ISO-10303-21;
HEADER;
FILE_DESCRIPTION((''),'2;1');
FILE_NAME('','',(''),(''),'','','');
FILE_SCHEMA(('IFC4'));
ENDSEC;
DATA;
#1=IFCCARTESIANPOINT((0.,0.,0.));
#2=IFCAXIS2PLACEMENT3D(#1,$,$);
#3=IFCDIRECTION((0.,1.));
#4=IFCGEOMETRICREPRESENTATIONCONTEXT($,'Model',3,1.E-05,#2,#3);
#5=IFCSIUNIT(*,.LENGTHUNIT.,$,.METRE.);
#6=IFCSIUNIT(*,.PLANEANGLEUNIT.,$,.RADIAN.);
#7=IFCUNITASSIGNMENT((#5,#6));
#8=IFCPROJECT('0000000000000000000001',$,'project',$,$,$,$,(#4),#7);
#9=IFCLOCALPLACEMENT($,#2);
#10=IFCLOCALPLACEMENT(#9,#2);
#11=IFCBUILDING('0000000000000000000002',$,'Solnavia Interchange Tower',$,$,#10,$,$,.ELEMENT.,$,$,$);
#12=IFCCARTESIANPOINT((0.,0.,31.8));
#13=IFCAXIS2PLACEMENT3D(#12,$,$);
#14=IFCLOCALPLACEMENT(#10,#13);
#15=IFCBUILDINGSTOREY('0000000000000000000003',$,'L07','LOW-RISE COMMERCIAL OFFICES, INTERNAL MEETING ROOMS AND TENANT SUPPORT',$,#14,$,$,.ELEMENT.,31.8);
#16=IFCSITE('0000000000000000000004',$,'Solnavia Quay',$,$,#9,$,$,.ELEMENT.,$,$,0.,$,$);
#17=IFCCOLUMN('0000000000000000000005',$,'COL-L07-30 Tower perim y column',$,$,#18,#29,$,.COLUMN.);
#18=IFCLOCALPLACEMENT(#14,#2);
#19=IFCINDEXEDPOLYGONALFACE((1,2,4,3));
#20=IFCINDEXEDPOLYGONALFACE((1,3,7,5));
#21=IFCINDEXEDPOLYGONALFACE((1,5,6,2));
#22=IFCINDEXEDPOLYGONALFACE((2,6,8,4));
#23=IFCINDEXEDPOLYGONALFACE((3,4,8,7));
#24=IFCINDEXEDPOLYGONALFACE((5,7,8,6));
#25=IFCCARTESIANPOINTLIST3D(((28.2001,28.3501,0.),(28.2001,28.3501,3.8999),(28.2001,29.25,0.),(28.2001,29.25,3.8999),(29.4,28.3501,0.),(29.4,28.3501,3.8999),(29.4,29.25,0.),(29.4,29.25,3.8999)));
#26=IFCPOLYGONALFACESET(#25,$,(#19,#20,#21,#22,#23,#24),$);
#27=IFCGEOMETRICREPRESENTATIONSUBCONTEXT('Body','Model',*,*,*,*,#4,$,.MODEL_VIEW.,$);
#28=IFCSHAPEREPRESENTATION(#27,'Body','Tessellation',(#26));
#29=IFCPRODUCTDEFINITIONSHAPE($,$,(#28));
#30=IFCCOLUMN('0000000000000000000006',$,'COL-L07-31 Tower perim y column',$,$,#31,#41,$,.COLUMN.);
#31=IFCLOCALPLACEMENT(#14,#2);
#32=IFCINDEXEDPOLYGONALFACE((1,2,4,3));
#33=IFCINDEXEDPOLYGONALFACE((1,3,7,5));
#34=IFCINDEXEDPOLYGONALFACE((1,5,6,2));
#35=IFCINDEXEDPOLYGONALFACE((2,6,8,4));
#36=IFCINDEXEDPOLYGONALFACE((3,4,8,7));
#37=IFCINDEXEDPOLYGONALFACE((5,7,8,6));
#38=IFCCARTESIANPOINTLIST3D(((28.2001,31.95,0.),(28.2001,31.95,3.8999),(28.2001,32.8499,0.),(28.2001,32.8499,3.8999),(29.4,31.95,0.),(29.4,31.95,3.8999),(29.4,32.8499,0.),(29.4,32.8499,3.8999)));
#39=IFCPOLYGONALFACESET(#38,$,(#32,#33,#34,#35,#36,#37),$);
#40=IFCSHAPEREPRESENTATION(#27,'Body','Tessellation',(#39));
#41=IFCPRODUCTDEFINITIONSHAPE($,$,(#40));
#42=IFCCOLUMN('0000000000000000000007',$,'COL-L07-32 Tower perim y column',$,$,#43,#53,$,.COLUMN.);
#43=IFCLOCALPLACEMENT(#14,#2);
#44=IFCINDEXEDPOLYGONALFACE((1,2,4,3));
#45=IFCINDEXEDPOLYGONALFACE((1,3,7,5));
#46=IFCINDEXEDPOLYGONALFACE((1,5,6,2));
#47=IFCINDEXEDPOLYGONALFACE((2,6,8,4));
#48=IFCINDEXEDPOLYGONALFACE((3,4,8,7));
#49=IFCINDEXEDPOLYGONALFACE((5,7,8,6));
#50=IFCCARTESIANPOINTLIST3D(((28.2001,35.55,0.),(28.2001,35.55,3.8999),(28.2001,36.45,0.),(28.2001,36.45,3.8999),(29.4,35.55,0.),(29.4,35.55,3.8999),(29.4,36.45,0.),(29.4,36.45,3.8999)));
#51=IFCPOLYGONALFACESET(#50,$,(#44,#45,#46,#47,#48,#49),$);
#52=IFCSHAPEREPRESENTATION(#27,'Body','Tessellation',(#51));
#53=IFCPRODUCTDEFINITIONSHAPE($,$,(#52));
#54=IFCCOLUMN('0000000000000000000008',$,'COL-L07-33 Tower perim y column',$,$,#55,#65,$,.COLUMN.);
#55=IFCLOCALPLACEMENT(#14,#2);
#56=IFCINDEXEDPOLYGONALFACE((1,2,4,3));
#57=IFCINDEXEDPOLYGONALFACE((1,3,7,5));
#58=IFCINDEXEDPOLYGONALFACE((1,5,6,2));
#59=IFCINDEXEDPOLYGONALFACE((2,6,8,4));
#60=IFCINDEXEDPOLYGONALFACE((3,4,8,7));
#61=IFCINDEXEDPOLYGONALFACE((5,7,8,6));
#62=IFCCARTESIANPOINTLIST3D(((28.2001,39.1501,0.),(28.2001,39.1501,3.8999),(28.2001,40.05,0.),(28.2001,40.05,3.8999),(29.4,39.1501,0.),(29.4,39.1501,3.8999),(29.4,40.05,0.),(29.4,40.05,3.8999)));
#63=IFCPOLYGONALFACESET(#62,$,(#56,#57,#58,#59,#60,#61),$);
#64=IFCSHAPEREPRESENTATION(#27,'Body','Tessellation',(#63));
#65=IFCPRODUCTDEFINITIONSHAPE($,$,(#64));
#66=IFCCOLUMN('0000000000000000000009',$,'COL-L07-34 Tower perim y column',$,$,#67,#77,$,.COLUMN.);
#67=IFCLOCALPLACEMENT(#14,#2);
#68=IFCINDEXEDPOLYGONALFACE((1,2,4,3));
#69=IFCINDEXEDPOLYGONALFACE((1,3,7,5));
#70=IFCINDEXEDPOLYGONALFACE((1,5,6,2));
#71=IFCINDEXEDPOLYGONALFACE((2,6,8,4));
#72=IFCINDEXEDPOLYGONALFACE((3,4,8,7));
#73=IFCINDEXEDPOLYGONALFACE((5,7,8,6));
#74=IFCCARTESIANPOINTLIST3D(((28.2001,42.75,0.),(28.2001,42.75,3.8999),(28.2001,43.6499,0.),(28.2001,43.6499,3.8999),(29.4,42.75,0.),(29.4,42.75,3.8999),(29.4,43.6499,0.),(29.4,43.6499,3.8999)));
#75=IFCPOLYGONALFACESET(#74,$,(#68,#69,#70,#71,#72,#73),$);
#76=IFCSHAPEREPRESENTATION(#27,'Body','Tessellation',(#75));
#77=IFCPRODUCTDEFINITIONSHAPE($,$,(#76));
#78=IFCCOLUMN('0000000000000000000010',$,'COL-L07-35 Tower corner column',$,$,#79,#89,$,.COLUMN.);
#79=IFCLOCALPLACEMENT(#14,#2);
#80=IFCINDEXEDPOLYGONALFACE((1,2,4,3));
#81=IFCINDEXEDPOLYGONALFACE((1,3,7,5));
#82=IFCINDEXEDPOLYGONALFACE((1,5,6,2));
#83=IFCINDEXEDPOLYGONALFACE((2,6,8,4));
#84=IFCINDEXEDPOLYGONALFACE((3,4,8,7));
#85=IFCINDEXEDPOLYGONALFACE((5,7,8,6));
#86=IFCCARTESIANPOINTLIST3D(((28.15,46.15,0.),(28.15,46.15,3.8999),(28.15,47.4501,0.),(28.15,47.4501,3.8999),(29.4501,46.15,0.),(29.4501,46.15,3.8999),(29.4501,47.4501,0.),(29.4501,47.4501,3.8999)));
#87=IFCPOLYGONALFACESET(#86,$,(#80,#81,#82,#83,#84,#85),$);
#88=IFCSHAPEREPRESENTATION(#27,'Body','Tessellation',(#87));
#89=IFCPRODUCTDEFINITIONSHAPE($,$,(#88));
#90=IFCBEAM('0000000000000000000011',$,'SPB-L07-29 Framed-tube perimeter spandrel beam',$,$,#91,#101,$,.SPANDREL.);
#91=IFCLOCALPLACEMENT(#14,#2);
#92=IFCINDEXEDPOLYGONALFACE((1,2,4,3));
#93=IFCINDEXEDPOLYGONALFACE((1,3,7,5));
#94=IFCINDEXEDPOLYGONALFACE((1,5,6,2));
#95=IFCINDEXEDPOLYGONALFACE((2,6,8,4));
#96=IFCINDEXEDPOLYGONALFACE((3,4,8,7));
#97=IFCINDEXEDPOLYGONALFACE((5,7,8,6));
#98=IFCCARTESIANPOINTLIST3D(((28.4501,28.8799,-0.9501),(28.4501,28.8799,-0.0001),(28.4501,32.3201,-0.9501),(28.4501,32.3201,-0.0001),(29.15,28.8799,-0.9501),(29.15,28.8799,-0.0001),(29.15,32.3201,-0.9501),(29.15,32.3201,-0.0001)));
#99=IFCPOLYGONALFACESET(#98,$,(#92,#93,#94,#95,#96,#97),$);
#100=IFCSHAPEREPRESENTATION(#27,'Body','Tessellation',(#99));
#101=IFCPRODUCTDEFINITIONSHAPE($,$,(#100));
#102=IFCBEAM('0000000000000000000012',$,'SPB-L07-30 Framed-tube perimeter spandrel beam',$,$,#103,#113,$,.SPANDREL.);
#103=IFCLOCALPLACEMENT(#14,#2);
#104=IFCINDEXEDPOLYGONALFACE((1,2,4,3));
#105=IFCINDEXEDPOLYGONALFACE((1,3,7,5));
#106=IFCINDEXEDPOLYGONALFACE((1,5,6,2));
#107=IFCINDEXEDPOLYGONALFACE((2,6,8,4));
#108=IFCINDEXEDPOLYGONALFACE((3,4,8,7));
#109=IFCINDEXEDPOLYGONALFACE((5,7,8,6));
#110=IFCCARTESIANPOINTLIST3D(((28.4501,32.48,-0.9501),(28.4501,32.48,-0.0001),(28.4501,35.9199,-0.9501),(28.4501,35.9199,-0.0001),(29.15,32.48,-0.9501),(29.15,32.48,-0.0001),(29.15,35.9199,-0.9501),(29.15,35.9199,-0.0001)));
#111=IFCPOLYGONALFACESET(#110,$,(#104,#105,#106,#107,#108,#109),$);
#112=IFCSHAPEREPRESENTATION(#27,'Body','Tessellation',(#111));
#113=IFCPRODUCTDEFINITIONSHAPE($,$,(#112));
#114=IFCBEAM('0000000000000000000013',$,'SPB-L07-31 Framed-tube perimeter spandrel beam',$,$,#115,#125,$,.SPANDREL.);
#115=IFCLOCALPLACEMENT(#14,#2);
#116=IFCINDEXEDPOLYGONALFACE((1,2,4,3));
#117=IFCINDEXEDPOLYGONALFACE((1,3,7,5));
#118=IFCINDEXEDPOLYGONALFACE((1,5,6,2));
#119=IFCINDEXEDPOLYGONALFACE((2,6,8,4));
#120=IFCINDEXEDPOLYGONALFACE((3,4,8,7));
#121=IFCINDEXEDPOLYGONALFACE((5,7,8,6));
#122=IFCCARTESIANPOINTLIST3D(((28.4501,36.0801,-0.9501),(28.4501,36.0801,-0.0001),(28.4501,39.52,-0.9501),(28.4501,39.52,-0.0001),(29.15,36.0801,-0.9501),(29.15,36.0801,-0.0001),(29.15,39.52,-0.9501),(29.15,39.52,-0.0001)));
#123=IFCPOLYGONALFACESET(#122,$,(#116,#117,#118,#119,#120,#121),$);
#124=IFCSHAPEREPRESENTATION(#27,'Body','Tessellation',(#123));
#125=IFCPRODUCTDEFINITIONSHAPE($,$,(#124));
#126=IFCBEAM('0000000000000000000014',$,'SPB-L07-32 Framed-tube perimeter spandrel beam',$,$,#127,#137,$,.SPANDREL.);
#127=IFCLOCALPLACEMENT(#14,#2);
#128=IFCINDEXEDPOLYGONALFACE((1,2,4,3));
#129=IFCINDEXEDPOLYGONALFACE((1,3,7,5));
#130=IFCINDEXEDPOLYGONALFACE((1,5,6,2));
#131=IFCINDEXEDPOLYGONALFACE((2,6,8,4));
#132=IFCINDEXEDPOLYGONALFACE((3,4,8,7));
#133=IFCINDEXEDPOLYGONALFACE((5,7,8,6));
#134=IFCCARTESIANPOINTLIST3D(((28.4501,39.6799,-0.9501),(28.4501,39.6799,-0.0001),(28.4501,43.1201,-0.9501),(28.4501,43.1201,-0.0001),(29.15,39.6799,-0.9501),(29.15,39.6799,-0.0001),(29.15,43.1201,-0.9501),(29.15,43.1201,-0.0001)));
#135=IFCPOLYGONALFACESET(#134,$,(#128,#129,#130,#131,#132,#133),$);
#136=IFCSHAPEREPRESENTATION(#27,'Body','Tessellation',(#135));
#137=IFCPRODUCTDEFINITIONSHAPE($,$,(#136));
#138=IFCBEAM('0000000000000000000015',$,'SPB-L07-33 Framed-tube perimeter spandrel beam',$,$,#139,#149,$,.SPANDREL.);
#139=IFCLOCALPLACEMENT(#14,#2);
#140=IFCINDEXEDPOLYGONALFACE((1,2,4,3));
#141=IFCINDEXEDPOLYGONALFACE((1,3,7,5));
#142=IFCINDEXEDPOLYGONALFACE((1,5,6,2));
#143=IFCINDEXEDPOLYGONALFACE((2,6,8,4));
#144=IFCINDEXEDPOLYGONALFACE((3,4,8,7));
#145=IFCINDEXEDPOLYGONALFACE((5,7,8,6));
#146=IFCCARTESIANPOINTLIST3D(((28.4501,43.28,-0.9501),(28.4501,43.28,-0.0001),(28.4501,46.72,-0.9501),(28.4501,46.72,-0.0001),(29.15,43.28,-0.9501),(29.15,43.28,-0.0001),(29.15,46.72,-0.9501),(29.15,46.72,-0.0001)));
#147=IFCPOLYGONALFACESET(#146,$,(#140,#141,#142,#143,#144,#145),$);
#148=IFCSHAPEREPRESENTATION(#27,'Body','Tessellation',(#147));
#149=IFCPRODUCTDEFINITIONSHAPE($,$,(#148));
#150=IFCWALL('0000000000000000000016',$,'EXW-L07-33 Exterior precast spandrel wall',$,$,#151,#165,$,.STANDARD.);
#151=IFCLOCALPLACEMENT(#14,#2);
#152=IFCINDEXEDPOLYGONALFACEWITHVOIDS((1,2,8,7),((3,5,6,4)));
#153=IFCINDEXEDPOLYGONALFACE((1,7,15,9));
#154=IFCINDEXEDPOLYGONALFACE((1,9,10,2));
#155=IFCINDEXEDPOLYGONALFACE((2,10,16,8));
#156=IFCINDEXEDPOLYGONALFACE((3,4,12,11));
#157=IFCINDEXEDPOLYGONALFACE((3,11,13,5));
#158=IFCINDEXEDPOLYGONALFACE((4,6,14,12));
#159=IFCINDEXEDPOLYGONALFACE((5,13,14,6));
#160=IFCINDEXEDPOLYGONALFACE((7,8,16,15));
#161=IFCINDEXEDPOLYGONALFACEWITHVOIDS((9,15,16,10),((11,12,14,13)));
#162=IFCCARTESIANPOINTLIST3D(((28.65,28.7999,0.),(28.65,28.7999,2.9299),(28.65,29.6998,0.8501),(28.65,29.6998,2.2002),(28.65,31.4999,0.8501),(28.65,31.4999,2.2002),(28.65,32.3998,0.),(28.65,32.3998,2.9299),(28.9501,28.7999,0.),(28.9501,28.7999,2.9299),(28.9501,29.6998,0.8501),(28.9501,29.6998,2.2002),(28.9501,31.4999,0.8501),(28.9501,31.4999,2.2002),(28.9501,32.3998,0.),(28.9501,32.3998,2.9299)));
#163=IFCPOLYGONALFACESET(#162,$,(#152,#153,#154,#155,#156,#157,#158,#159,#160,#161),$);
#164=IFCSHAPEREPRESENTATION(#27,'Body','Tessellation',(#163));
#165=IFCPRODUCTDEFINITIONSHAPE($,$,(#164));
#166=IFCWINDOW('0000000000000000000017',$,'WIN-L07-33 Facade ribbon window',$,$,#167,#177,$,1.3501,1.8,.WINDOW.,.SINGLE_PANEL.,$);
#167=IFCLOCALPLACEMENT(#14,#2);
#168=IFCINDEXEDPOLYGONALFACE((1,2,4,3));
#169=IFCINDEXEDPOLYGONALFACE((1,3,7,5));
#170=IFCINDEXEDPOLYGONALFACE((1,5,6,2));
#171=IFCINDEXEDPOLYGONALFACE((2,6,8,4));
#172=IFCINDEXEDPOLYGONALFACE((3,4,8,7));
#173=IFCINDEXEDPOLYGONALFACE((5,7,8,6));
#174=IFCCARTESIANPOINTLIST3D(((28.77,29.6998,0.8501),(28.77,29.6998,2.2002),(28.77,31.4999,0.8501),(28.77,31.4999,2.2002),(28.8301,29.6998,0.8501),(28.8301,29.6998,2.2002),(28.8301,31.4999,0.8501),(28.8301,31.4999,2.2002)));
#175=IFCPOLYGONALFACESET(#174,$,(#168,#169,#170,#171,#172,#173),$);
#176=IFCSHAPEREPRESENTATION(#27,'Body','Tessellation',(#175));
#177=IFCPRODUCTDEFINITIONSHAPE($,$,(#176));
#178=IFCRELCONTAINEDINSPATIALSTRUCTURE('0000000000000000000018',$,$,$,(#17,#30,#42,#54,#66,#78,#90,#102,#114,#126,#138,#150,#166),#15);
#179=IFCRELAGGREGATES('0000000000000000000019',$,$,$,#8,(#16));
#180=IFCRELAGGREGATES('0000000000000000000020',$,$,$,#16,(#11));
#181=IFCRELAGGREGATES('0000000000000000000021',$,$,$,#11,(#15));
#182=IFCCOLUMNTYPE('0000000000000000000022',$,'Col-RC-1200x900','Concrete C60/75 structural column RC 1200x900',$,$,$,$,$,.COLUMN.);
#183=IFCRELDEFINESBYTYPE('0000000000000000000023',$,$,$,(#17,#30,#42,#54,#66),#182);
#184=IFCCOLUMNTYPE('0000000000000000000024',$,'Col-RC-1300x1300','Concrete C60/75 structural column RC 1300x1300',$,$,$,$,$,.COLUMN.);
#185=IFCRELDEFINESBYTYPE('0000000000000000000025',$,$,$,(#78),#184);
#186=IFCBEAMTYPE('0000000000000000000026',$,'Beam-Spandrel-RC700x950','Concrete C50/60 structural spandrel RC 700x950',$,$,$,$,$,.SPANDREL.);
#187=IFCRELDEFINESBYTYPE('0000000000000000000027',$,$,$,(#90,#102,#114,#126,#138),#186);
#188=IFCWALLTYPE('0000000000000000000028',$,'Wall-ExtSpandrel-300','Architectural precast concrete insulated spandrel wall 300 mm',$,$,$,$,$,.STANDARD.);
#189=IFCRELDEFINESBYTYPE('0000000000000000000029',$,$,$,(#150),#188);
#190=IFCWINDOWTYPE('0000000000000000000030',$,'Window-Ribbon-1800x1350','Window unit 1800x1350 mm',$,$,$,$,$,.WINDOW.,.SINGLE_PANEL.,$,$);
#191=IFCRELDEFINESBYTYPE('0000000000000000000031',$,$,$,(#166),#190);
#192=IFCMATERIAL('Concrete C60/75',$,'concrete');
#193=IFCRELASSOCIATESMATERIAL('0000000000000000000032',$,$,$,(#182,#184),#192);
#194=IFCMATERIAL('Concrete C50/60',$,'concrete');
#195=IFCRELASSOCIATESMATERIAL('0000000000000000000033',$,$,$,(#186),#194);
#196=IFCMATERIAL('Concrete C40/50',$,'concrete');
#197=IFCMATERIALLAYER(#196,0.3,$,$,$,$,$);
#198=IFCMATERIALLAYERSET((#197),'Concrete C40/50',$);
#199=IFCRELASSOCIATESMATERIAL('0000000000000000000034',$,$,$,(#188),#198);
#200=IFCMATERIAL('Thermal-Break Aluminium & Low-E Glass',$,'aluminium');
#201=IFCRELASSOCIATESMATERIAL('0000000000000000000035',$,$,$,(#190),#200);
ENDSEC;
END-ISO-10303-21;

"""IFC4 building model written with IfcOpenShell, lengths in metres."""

from ifc_helpers import new_model, si_unit, direction, frame, frame_2d, origin, origin_2d, place, context, subcontext, project, spatial, rectangle, extrude, material, layer, layer_set, material_profile, profile_set, type_object, element, fill, save


model = new_model("IFC4")

# Units and contexts
model_context = context("Model", 3, precision=1e-05, world=origin(), true_north=direction((0.0, 1.0)))
body_context = subcontext(model_context, "Body", "Model", "MODEL_VIEW")
ifc_project = project(units=[si_unit("LENGTHUNIT", "METRE"), si_unit("PLANEANGLEUNIT", "RADIAN")], contexts=[model_context])

# Site, building, storey
site_placement = place(None, origin())
site = spatial("IfcSite", under=ifc_project, at=site_placement, Name="Solnavia Quay", CompositionType="ELEMENT", RefElevation=0.0)
building_placement = place(site_placement, origin())
building = spatial("IfcBuilding", under=site, at=building_placement, Name="Solnavia Interchange Tower", CompositionType="ELEMENT")
storey_placement = place(building_placement, frame((0.0, 0.0, 31.8)))
storey = spatial("IfcBuildingStorey", under=building, at=storey_placement, Name="L07", Description="LOW-RISE COMMERCIAL OFFICES, INTERNAL MEETING ROOMS AND TENANT SUPPORT", CompositionType="ELEMENT", Elevation=31.8)

# Columns
ifc_material_1 = material(Name="Concrete C60/75", Category="concrete")
ifc_material_profile_1 = material_profile(ifc_material_1, rectangle(XDim=0.8999, YDim=1.2, at=origin_2d()), Name="RC 1200x900")
ifc_profile_set_1 = profile_set([ifc_material_profile_1], Name="Concrete C60/75")
column_type_1 = type_object("IfcColumnType", Name="Col-RC-1200x900", Description="Concrete C60/75 structural column RC 1200x900", PredefinedType="COLUMN", material=ifc_profile_set_1)
for number, where, z_axis, x_axis, name in (
    (1, (28.8, 28.8, 0.0), (0.0, 0.0, 1.0), (0.0, 1.0, 0.0), "COL-L07-30 Tower perim y column"),
    (2, (28.8, 32.3999, 0.0), (0.0, 0.0, 1.0), (0.0, 1.0, 0.0), "COL-L07-31 Tower perim y column"),
    (3, (28.8, 36.0, 0.0), (0.0, 0.0, 1.0), (0.0, 1.0, 0.0), "COL-L07-32 Tower perim y column"),
    (4, (28.8, 39.6001, 0.0), (0.0, 0.0, 1.0), (0.0, 1.0, 0.0), "COL-L07-33 Tower perim y column"),
    (5, (28.8, 43.2, 0.0), (0.0, 0.0, 1.0), (0.0, 1.0, 0.0), "COL-L07-34 Tower perim y column"),
):
    element("IfcColumn", number, at=place(storey_placement, frame(where, z_axis=z_axis, x_axis=x_axis)), inside=storey, type_object=column_type_1, Name=name, PredefinedType="COLUMN", context=body_context, shape_type="SweptSolid", body=[
        extrude(rectangle(XDim=0.8999, YDim=1.2, at=origin_2d()), origin(), (0.0, 0.0, 1.0), 3.8999),
    ])
ifc_material_profile_2 = material_profile(ifc_material_1, rectangle(XDim=1.3, YDim=1.3, at=origin_2d()), Name="RC 1300x1300")
ifc_profile_set_2 = profile_set([ifc_material_profile_2], Name="Concrete C60/75")
column_type_2 = type_object("IfcColumnType", Name="Col-RC-1300x1300", Description="Concrete C60/75 structural column RC 1300x1300", PredefinedType="COLUMN", material=ifc_profile_set_2)
column_placement = place(storey_placement, frame((28.8, 46.8, 0.0), z_axis=(0.0, 0.0, 1.0), x_axis=(0.0, 1.0, 0.0)))
element("IfcColumn", 6, at=column_placement, inside=storey, type_object=column_type_2, Name="COL-L07-35 Tower corner column", PredefinedType="COLUMN", context=body_context, shape_type="SweptSolid", body=[
    extrude(rectangle(XDim=1.3, YDim=1.3, at=origin_2d()), origin(), (0.0, 0.0, 1.0), 3.8999),
])

# Beams
ifc_material_2 = material(Name="Concrete C50/60", Category="concrete")
ifc_material_profile_3 = material_profile(ifc_material_2, rectangle(XDim=0.7, YDim=0.95, at=origin_2d()), Name="RC 700x950")
ifc_profile_set_3 = profile_set([ifc_material_profile_3], Name="Concrete C50/60")
beam_type = type_object("IfcBeamType", Name="Beam-Spandrel-RC700x950", Description="Concrete C50/60 structural spandrel RC 700x950", PredefinedType="SPANDREL", material=ifc_profile_set_3)
beam_1_placement = place(storey_placement, frame((28.8, 28.8799, -0.4751), z_axis=(0.0, 1.0, 0.0), x_axis=(-1.0, 0.0, 0.0)))
element("IfcBeam", 7, at=beam_1_placement, inside=storey, type_object=beam_type, Name="SPB-L07-29 Framed-tube perimeter spandrel beam", PredefinedType="SPANDREL", context=body_context, shape_type="SweptSolid", body=[
    extrude(rectangle(XDim=0.7, YDim=0.95, at=origin_2d()), origin(), (0.0, 0.0, 1.0), 3.4402),
])
for number, where, z_axis, x_axis, name in (
    (8, (28.8, 32.48, -0.4751), (0.0, 1.0, 0.0), (-1.0, 0.0, 0.0), "SPB-L07-30 Framed-tube perimeter spandrel beam"),
    (9, (28.8, 36.0801, -0.4751), (0.0, 1.0, 0.0), (-1.0, 0.0, 0.0), "SPB-L07-31 Framed-tube perimeter spandrel beam"),
):
    element("IfcBeam", number, at=place(storey_placement, frame(where, z_axis=z_axis, x_axis=x_axis)), inside=storey, type_object=beam_type, Name=name, PredefinedType="SPANDREL", context=body_context, shape_type="SweptSolid", body=[
        extrude(rectangle(XDim=0.7, YDim=0.95, at=origin_2d()), origin(), (0.0, 0.0, 1.0), 3.4399),
    ])
beam_2_placement = place(storey_placement, frame((28.8, 39.6799, -0.4751), z_axis=(0.0, 1.0, 0.0), x_axis=(-1.0, 0.0, 0.0)))
element("IfcBeam", 10, at=beam_2_placement, inside=storey, type_object=beam_type, Name="SPB-L07-32 Framed-tube perimeter spandrel beam", PredefinedType="SPANDREL", context=body_context, shape_type="SweptSolid", body=[
    extrude(rectangle(XDim=0.7, YDim=0.95, at=origin_2d()), origin(), (0.0, 0.0, 1.0), 3.4402),
])
beam_3_placement = place(storey_placement, frame((28.8, 43.28, -0.4751), z_axis=(0.0, 1.0, 0.0), x_axis=(-1.0, 0.0, 0.0)))
element("IfcBeam", 11, at=beam_3_placement, inside=storey, type_object=beam_type, Name="SPB-L07-33 Framed-tube perimeter spandrel beam", PredefinedType="SPANDREL", context=body_context, shape_type="SweptSolid", body=[
    extrude(rectangle(XDim=0.7, YDim=0.95, at=origin_2d()), origin(), (0.0, 0.0, 1.0), 3.4399),
])

# Wall, opening, window
ifc_material_3 = material(Name="Concrete C40/50", Category="concrete")
ifc_layer_1 = layer(ifc_material_3, 0.3)
ifc_layer_set_1 = layer_set([ifc_layer_1], Name="Concrete C40/50")
wall_type = type_object("IfcWallType", Name="Wall-ExtSpandrel-300", Description="Architectural precast concrete insulated spandrel wall 300 mm", PredefinedType="STANDARD", material=ifc_layer_set_1)
wall_1_placement = place(storey_placement, frame((28.8, 28.8, 0.0), z_axis=(0.0, 0.0, 1.0), x_axis=(0.0, 1.0, 0.0)))
wall_1 = element("IfcWall", 12, at=wall_1_placement, inside=storey, type_object=wall_type, Name="EXW-L07-33 Exterior precast spandrel wall", PredefinedType="STANDARD", context=body_context, shape_type="SweptSolid", body=[
    extrude(rectangle(XDim=3.5999, YDim=0.3, at=frame_2d((1.7998, 0.0))), origin(), (0.0, 0.0, 1.0), 2.9299),
])
opening_1_placement = place(wall_1_placement, frame((0.8999, 0.0, 0.8501)))
opening_1 = element("IfcOpeningElement", 13, at=opening_1_placement, cuts=wall_1, PredefinedType="OPENING", context=body_context, shape_type="SweptSolid", body=[
    extrude(rectangle(XDim=1.8, YDim=1.3501, at=frame_2d((0.8999, 0.675))), frame((0.0, 0.1602, 0.0), z_axis=(0.0, -1.0, 0.0), x_axis=(1.0, 0.0, 0.0)), (0.0, 0.0, 1.0), 0.3201),
])
ifc_material_4 = material(Name="Thermal-Break Aluminium & Low-E Glass", Category="aluminium")
window_type = type_object("IfcWindowType", Name="Window-Ribbon-1800x1350", Description="Window unit 1800x1350 mm", PartitioningType="SINGLE_PANEL", PredefinedType="WINDOW", material=ifc_material_4)
window_1_placement = place(opening_1_placement, origin())
window_1 = element("IfcWindow", 14, at=window_1_placement, inside=storey, type_object=window_type, Name="WIN-L07-33 Facade ribbon window", OverallHeight=1.3501, OverallWidth=1.8, PartitioningType="SINGLE_PANEL", PredefinedType="WINDOW", context=body_context, shape_type="SweptSolid", body=[
    extrude(rectangle(XDim=1.8, YDim=1.3501, at=frame_2d((0.8999, 0.675))), frame((0.0, 0.03, 0.0), z_axis=(0.0, -1.0, 0.0), x_axis=(1.0, 0.0, 0.0)), (0.0, 0.0, 1.0), 0.0601),
])
fill(opening_1, window_1)

save(model, "model.ifc")
